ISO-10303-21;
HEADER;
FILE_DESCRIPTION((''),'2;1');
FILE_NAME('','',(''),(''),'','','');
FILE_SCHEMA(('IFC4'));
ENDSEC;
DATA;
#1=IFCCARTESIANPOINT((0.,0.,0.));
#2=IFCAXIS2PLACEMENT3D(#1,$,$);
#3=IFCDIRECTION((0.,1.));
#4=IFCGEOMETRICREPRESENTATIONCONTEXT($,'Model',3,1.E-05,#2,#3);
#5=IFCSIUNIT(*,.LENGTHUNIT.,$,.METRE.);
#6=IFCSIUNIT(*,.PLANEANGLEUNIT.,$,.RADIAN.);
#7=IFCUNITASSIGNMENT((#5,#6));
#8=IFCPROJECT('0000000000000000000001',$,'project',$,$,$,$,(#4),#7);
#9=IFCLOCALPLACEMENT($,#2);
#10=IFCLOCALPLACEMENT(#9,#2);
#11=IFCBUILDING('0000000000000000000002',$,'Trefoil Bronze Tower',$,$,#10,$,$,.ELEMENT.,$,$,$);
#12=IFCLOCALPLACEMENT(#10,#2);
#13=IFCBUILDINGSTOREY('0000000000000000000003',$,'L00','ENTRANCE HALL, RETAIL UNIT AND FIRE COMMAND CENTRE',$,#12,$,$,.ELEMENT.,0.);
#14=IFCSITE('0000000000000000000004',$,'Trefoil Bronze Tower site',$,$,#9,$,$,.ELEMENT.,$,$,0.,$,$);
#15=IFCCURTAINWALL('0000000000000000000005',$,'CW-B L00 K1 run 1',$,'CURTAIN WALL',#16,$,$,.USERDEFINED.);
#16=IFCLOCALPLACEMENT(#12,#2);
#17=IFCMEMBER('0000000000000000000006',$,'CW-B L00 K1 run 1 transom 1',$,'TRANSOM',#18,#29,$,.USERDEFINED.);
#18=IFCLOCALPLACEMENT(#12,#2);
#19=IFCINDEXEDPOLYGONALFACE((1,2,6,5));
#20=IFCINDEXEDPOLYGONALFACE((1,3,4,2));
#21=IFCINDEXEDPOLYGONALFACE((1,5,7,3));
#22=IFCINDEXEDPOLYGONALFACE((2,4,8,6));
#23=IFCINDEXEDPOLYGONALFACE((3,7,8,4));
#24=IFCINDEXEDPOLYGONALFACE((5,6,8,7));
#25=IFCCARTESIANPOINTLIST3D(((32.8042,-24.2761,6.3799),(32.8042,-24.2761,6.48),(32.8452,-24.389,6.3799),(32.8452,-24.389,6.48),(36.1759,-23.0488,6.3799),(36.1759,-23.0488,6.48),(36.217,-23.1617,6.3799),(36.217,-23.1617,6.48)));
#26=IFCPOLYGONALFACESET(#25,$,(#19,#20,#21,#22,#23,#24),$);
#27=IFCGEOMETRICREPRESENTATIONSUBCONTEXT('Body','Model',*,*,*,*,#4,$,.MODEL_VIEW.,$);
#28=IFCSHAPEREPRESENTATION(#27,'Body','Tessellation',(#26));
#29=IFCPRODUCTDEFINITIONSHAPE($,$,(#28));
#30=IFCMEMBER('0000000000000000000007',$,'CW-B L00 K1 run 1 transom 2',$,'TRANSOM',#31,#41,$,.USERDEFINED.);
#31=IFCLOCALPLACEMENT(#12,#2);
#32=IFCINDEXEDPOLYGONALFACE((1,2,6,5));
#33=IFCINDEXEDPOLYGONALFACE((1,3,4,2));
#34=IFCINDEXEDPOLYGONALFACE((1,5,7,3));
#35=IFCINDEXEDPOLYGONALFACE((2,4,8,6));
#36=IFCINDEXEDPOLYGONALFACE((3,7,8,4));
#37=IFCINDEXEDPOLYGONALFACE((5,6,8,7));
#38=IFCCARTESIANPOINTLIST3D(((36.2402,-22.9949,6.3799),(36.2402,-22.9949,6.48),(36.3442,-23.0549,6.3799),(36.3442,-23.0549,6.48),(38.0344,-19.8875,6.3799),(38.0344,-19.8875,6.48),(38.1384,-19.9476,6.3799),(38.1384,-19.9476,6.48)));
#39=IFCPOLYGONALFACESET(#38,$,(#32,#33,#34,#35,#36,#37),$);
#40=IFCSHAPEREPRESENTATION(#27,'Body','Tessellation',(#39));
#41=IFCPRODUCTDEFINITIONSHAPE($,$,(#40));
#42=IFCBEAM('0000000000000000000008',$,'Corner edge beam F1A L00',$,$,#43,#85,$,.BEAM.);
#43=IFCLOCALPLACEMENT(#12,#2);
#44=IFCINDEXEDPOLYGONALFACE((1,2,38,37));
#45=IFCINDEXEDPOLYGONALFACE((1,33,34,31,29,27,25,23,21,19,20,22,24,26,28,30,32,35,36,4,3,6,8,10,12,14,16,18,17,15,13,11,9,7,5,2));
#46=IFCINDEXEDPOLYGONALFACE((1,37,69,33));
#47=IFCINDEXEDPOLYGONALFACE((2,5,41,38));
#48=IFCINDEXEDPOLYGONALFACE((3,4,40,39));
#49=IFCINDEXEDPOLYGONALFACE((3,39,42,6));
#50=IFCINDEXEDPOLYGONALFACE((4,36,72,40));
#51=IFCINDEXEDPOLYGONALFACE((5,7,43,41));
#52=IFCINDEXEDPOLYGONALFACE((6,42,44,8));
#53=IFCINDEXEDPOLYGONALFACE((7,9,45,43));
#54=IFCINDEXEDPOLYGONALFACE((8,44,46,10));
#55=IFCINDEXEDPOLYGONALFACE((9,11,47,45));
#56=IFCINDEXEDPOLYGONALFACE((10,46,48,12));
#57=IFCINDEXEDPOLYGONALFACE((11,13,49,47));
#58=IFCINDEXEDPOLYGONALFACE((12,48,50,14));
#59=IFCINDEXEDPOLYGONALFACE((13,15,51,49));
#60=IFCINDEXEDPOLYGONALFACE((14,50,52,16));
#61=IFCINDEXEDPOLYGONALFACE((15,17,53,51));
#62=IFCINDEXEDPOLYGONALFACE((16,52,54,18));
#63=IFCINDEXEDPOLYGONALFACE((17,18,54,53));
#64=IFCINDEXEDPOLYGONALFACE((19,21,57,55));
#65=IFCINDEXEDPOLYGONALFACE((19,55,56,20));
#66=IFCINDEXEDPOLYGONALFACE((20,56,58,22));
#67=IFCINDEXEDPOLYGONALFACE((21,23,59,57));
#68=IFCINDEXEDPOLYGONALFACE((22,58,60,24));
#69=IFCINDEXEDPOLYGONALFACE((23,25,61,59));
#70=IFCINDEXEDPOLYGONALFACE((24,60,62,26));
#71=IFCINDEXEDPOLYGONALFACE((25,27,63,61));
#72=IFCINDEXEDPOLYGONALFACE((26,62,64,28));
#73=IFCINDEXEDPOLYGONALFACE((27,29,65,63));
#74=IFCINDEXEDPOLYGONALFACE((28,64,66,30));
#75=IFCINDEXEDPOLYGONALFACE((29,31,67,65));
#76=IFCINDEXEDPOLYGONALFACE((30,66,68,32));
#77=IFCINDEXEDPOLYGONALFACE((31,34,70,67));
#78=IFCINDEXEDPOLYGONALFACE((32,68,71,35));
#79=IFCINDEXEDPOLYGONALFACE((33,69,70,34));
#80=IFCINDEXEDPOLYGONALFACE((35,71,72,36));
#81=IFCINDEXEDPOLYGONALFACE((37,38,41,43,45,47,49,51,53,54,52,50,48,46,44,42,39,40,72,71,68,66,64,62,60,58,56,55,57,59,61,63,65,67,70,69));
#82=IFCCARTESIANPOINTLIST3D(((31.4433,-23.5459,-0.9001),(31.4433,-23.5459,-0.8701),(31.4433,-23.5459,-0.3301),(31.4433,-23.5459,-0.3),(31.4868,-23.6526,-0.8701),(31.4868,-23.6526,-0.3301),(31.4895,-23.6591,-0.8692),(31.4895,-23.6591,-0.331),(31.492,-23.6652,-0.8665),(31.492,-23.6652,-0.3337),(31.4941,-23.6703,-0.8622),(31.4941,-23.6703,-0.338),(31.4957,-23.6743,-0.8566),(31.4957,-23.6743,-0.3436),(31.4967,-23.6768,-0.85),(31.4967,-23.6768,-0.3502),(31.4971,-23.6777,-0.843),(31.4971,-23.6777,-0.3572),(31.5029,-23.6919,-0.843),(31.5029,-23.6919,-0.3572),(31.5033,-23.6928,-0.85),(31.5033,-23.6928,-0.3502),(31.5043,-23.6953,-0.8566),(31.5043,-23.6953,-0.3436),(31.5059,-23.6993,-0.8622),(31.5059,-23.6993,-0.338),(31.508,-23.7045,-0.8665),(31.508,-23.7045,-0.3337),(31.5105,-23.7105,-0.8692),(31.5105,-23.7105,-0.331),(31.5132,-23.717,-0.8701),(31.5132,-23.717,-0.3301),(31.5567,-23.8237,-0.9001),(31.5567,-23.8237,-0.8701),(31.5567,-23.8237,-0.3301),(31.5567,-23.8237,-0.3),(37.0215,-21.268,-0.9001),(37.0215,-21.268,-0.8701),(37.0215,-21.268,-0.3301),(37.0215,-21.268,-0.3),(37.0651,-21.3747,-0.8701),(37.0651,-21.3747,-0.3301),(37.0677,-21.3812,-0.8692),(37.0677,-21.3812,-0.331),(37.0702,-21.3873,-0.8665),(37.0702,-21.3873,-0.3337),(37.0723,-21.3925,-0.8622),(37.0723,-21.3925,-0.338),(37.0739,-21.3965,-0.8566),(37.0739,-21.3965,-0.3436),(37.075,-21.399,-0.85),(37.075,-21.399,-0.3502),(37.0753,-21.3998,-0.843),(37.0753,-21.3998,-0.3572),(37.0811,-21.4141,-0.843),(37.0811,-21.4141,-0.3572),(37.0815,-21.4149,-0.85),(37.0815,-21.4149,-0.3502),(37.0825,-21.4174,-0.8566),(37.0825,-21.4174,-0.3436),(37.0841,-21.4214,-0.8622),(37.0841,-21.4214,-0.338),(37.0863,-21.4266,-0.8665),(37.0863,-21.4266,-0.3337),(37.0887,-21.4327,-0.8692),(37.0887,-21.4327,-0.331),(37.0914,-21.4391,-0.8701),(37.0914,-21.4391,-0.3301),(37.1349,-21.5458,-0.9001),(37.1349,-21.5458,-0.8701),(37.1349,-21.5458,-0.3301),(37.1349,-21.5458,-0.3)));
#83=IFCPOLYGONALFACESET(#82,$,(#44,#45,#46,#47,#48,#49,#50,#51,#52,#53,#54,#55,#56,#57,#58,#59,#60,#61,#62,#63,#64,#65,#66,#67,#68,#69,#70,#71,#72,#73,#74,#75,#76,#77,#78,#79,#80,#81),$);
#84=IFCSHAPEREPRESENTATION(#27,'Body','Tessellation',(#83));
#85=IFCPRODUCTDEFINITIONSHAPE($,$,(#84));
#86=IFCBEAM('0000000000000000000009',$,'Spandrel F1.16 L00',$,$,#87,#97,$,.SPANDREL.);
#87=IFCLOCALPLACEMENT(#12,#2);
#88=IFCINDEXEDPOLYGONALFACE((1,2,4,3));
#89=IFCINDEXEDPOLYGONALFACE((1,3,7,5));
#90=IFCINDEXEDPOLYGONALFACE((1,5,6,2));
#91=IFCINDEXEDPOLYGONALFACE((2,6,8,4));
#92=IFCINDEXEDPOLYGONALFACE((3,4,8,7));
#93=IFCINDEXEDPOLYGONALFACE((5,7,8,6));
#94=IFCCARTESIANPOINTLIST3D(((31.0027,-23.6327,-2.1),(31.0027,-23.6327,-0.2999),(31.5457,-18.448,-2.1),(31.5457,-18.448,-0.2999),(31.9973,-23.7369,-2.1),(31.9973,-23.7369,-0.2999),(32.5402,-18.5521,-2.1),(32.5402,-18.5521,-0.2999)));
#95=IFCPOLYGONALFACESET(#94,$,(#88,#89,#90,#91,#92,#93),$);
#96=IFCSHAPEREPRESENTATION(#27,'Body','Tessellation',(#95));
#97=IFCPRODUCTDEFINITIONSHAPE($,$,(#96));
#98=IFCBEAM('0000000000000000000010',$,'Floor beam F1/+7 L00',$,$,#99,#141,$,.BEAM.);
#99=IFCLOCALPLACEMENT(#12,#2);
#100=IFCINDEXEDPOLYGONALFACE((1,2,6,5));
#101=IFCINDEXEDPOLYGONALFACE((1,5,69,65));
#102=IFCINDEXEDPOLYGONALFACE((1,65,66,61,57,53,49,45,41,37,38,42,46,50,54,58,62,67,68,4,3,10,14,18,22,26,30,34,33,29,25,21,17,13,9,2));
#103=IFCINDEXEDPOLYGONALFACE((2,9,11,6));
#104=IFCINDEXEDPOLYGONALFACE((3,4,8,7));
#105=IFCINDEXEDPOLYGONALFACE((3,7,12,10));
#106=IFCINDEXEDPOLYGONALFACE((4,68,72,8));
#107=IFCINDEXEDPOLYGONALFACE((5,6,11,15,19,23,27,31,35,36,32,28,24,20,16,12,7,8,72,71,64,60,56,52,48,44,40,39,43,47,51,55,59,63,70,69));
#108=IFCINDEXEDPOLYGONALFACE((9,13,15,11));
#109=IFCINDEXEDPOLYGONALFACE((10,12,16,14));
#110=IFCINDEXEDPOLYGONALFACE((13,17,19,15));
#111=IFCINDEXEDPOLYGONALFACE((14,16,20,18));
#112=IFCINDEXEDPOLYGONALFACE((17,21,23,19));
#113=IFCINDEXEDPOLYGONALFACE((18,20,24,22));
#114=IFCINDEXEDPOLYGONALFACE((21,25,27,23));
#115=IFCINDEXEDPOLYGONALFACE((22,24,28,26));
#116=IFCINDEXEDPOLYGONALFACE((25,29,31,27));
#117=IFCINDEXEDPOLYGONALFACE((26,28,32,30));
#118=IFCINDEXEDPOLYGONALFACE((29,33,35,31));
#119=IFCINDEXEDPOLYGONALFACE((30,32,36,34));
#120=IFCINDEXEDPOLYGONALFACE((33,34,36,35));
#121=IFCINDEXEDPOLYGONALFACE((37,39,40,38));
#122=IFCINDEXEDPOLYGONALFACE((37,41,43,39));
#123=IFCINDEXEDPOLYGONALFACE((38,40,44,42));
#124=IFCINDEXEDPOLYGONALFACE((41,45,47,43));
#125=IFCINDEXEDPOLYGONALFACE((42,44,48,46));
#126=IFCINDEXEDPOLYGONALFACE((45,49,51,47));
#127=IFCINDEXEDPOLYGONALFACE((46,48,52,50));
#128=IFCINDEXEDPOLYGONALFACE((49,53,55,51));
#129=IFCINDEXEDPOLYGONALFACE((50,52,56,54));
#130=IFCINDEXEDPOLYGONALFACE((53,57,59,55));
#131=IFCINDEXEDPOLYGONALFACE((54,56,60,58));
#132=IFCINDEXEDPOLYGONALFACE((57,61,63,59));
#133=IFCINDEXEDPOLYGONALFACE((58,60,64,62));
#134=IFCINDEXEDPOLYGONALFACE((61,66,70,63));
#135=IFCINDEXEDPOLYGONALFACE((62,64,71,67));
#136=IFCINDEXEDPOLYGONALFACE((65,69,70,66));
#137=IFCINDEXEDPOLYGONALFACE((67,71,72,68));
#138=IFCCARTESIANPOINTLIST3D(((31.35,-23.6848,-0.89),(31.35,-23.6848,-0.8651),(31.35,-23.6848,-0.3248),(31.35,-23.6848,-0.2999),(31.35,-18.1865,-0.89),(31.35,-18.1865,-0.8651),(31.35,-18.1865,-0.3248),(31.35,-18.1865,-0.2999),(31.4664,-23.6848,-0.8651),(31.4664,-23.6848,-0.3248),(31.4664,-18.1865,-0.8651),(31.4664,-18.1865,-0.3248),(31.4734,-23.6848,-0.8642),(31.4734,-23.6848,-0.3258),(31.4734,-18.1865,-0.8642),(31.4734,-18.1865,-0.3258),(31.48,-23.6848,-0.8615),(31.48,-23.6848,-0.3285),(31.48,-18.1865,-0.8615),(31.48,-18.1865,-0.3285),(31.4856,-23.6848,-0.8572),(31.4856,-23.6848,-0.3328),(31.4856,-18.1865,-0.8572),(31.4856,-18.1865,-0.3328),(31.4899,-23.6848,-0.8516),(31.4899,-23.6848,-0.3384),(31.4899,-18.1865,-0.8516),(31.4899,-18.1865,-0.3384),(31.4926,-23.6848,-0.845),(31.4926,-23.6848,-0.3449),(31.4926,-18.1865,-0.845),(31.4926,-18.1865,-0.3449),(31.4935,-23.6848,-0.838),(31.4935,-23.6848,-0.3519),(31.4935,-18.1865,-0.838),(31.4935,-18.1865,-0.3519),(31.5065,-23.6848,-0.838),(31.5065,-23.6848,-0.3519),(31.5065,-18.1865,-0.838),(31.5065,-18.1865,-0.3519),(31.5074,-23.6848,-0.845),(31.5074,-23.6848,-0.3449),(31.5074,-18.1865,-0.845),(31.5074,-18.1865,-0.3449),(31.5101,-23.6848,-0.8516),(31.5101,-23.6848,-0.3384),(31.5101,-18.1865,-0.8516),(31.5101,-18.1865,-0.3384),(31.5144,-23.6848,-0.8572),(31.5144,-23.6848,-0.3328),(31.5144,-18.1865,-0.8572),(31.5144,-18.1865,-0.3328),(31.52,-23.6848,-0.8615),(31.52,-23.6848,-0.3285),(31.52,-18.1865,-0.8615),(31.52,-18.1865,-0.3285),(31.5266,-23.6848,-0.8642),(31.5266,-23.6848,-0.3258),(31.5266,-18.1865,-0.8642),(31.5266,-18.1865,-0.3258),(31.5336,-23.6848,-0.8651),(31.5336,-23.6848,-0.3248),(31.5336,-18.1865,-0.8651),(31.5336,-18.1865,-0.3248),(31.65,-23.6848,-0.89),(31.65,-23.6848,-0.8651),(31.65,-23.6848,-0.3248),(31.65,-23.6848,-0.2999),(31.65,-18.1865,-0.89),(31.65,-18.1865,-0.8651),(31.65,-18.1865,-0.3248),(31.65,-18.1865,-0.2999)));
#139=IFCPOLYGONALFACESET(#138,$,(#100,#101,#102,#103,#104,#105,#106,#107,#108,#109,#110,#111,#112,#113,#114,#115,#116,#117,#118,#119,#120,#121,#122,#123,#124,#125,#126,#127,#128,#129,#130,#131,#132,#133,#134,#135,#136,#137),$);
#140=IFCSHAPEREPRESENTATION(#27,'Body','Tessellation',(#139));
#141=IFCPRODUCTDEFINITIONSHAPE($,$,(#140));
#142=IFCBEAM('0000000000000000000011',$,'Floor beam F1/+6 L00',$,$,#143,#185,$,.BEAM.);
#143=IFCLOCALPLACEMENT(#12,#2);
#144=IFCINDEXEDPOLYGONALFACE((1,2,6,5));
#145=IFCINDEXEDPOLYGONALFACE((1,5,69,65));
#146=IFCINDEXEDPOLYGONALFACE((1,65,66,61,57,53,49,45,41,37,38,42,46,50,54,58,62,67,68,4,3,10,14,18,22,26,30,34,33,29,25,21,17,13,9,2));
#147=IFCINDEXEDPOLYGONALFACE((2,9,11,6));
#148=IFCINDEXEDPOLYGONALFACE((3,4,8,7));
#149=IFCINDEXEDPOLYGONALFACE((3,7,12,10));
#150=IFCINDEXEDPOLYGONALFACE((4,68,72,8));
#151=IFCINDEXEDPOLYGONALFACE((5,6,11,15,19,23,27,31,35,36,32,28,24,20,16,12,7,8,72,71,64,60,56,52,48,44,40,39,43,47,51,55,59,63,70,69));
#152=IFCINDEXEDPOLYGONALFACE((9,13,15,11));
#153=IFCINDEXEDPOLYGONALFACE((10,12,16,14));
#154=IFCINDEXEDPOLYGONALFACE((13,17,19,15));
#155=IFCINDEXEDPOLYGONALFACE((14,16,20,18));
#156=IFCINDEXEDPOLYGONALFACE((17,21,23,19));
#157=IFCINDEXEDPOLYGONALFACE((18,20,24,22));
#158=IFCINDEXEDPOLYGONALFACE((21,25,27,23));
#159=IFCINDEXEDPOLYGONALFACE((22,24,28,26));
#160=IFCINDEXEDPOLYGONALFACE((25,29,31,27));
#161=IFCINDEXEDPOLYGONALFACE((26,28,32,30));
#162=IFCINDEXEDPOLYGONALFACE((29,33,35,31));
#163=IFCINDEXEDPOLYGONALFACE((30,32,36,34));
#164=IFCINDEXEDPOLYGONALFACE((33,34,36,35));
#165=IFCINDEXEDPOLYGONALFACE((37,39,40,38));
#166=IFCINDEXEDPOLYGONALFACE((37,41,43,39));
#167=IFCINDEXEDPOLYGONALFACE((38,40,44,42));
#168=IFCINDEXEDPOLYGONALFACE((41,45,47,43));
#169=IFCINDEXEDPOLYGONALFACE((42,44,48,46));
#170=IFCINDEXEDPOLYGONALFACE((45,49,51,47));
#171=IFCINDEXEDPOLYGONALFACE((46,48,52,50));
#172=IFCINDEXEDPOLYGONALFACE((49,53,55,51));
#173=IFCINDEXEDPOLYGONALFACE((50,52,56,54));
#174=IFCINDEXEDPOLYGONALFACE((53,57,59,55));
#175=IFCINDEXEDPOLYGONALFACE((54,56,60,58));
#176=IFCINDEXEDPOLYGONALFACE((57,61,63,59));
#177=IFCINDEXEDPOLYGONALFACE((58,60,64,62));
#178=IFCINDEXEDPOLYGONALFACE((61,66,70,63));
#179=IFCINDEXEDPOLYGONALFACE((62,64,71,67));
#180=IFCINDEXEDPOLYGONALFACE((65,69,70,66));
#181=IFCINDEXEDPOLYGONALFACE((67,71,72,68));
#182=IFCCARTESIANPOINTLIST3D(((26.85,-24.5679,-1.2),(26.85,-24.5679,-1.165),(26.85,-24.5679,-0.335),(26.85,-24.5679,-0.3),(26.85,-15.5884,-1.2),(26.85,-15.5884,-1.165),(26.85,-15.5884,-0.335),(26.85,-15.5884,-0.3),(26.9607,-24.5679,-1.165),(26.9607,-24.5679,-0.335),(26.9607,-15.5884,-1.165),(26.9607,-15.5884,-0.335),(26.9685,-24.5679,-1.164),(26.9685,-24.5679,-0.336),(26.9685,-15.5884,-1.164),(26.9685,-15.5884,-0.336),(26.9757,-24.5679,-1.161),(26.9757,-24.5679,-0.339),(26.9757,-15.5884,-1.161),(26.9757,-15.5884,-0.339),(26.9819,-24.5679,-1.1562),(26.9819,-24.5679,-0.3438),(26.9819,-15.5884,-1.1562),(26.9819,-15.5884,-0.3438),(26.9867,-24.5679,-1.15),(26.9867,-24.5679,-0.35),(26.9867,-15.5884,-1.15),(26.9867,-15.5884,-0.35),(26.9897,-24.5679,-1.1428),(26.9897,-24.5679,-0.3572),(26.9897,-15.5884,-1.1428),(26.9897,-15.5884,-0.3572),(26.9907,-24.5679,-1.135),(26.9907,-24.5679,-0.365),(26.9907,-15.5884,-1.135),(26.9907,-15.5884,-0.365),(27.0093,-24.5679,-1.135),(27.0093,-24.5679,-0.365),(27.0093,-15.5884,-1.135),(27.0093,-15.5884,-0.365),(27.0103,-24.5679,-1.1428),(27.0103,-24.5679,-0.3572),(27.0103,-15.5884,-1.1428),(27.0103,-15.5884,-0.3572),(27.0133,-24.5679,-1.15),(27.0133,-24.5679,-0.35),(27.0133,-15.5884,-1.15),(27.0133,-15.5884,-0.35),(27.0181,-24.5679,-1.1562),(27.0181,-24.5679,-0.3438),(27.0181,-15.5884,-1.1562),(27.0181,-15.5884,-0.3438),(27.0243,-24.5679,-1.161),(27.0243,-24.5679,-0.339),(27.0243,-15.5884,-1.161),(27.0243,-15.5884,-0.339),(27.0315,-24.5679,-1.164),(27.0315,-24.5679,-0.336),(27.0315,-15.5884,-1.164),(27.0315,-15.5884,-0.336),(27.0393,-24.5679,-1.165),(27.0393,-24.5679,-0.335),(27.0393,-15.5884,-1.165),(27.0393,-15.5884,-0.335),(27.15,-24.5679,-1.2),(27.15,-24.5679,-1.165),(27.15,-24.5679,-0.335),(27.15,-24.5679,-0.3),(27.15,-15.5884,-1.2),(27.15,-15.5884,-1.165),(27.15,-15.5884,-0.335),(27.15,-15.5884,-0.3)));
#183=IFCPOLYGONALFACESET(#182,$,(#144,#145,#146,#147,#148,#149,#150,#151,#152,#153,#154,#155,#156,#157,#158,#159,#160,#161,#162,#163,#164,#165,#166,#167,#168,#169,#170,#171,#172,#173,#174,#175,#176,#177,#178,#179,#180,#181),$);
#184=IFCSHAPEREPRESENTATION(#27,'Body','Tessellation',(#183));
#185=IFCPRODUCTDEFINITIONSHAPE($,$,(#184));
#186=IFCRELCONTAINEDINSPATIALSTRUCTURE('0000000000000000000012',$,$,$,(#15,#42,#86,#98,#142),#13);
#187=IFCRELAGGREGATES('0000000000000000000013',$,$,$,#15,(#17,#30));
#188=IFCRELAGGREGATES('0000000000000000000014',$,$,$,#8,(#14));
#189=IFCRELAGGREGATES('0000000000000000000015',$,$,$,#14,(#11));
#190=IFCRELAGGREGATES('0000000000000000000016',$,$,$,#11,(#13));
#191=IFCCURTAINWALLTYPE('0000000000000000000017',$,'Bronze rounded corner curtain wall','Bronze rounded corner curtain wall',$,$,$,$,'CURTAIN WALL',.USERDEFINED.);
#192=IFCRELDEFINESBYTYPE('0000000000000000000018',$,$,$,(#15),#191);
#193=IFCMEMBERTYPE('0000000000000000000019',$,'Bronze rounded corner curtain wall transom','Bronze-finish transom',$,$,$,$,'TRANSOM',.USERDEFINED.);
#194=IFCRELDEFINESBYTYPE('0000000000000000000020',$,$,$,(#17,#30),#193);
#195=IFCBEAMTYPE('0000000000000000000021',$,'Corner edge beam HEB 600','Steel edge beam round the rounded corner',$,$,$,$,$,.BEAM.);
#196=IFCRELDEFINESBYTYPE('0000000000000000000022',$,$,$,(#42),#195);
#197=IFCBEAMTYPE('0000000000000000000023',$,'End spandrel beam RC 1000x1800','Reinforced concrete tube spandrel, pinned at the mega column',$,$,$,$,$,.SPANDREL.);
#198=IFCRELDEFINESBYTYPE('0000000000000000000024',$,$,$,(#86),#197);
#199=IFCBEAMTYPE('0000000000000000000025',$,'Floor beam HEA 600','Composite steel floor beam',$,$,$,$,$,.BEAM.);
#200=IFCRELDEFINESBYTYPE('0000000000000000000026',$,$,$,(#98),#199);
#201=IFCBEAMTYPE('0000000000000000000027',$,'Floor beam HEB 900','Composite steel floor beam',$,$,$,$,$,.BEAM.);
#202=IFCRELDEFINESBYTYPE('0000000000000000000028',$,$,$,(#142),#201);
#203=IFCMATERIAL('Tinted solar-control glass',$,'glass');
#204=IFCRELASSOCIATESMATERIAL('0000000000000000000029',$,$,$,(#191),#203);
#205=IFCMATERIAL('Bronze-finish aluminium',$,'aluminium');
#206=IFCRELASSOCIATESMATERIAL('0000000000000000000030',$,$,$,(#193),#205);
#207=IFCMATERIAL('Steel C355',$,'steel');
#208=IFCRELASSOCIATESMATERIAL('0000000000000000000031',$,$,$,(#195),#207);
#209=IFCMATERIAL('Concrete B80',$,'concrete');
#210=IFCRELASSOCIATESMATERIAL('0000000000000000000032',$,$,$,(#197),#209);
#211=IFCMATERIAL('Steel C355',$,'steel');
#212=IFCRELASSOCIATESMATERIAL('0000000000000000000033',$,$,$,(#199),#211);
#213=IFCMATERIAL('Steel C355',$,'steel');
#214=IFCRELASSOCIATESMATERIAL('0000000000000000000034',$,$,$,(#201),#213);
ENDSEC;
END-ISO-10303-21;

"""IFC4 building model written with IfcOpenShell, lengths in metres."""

from ifc_helpers import new_model, si_unit, direction, frame, origin, origin_2d, place, context, subcontext, project, spatial, rectangle, i_section, extrude, material, material_profile, profile_set, type_object, element, aggregate, save


model = new_model("IFC4")

# Units and contexts
model_context = context("Model", 3, precision=1e-05, world=origin(), true_north=direction((0.0, 1.0)))
body_context = subcontext(model_context, "Body", "Model", "MODEL_VIEW")
ifc_project = project(units=[si_unit("LENGTHUNIT", "METRE"), si_unit("PLANEANGLEUNIT", "RADIAN")], contexts=[model_context])

# Site, building, storey
site_placement = place(None, origin())
site = spatial("IfcSite", under=ifc_project, at=site_placement, Name="Trefoil Bronze Tower site", CompositionType="ELEMENT", RefElevation=0.0)
building_placement = place(site_placement, origin())
building = spatial("IfcBuilding", under=site, at=building_placement, Name="Trefoil Bronze Tower", CompositionType="ELEMENT")
storey_placement = place(building_placement, origin())
storey = spatial("IfcBuildingStorey", under=building, at=storey_placement, Name="L00", Description="ENTRANCE HALL, RETAIL UNIT AND FIRE COMMAND CENTRE", CompositionType="ELEMENT", Elevation=0.0)

# Curtain wall, members
ifc_material_1 = material(Name="Tinted solar-control glass", Category="glass")
curtain_wall_type_1 = type_object("IfcCurtainWallType", Name="Bronze rounded corner curtain wall", Description="Bronze rounded corner curtain wall", ElementType="CURTAIN WALL", PredefinedType="USERDEFINED", material=ifc_material_1)
curtain_wall_1_placement = place(storey_placement, origin())
curtain_wall_1 = element("IfcCurtainWall", 1, at=curtain_wall_1_placement, inside=storey, type_object=curtain_wall_type_1, Name="CW-B L00 K1 run 1", ObjectType="CURTAIN WALL", PredefinedType="USERDEFINED")
ifc_material_2 = material(Name="Bronze-finish aluminium", Category="aluminium")
ifc_material_profile_1 = material_profile(ifc_material_2, rectangle(XDim=0.1201, YDim=0.1001, at=origin_2d()), Name="CW-B transom")
ifc_profile_set_1 = profile_set([ifc_material_profile_1], Name="Bronze-finish aluminium")
member_type_1 = type_object("IfcMemberType", Name="Bronze rounded corner curtain wall transom", Description="Bronze-finish transom", ElementType="TRANSOM", PredefinedType="USERDEFINED", material=ifc_profile_set_1)
member_1_placement = place(storey_placement, frame((32.8247, -24.3325, 6.4299), z_axis=(0.939688, 0.342033, 0.0), x_axis=(-0.342033, 0.939688, 0.0)))
member_1 = element("IfcMember", 2, at=member_1_placement, type_object=member_type_1, Name="CW-B L00 K1 run 1 transom 1", ObjectType="TRANSOM", PredefinedType="USERDEFINED", context=body_context, shape_type="SweptSolid", body=[
    extrude(rectangle(XDim=0.1201, YDim=0.1001, at=origin_2d()), origin(), (0.0, 0.0, 1.0), 3.5881),
])
member_2_placement = place(storey_placement, frame((36.2922, -23.0249, 6.4299), z_axis=(0.500025, 0.866011, 0.0), x_axis=(-0.866011, 0.500025, 0.0)))
member_2 = element("IfcMember", 3, at=member_2_placement, type_object=member_type_1, Name="CW-B L00 K1 run 1 transom 2", ObjectType="TRANSOM", PredefinedType="USERDEFINED", context=body_context, shape_type="SweptSolid", body=[
    extrude(rectangle(XDim=0.1201, YDim=0.1001, at=origin_2d()), origin(), (0.0, 0.0, 1.0), 3.5881),
])

# Beams
ifc_material_3 = material(Name="Steel C355", Category="steel")
ifc_material_profile_2 = material_profile(ifc_material_3, i_section(OverallWidth=0.3, OverallDepth=0.6001, WebThickness=0.0154, FlangeThickness=0.03, FilletRadius=0.0271, at=origin_2d()), Name="HEB 600")
ifc_profile_set_2 = profile_set([ifc_material_profile_2], Name="Steel C355")
beam_type_1 = type_object("IfcBeamType", Name="Corner edge beam HEB 600", Description="Steel edge beam round the rounded corner", PredefinedType="BEAM", material=ifc_profile_set_2)
beam_1_placement = place(storey_placement, frame((31.5, -23.6848, -0.6001), z_axis=(0.925787, 0.378046, 0.0), x_axis=(-0.378046, 0.925787, 0.0)))
element("IfcBeam", 4, at=beam_1_placement, inside=storey, type_object=beam_type_1, Name="Corner edge beam F1A L00", PredefinedType="BEAM", context=body_context, shape_type="SweptSolid", body=[
    extrude(i_section(OverallWidth=0.3, OverallDepth=0.6001, WebThickness=0.0154, FlangeThickness=0.03, FilletRadius=0.0271, at=origin_2d()), origin(), (0.0, 0.0, 1.0), 6.0254),
])
ifc_material_4 = material(Name="Concrete B80", Category="concrete")
ifc_material_profile_3 = material_profile(ifc_material_4, rectangle(XDim=1.0, YDim=1.8, at=origin_2d()), Name="RC 1000x1800")
ifc_profile_set_3 = profile_set([ifc_material_profile_3], Name="Concrete B80")
beam_type_2 = type_object("IfcBeamType", Name="End spandrel beam RC 1000x1800", Description="Reinforced concrete tube spandrel, pinned at the mega column", PredefinedType="SPANDREL", material=ifc_profile_set_3)
beam_2_placement = place(storey_placement, frame((31.5, -23.6848, -1.2), z_axis=(0.104153, 0.994561, 0.0), x_axis=(-0.994561, 0.104153, 0.0)))
element("IfcBeam", 5, at=beam_2_placement, inside=storey, type_object=beam_type_2, Name="Spandrel F1.16 L00", PredefinedType="SPANDREL", context=body_context, shape_type="SweptSolid", body=[
    extrude(rectangle(XDim=1.0, YDim=1.8, at=origin_2d()), origin(), (0.0, 0.0, 1.0), 5.2131),
])
ifc_material_5 = material(Name="Steel C355", Category="steel")
ifc_material_profile_4 = material_profile(ifc_material_5, i_section(OverallWidth=0.3, OverallDepth=0.5901, WebThickness=0.0129, FlangeThickness=0.0249, FilletRadius=0.0271, at=origin_2d()), Name="HEA 600")
ifc_profile_set_4 = profile_set([ifc_material_profile_4], Name="Steel C355")
beam_type_3 = type_object("IfcBeamType", Name="Floor beam HEA 600", Description="Composite steel floor beam", PredefinedType="BEAM", material=ifc_profile_set_4)
beam_3_placement = place(storey_placement, frame((31.5, -23.6848, -0.595), z_axis=(0.0, 1.0, 0.0), x_axis=(-1.0, 0.0, 0.0)))
element("IfcBeam", 6, at=beam_3_placement, inside=storey, type_object=beam_type_3, Name="Floor beam F1/+7 L00", PredefinedType="BEAM", context=body_context, shape_type="SweptSolid", body=[
    extrude(i_section(OverallWidth=0.3, OverallDepth=0.5901, WebThickness=0.0129, FlangeThickness=0.0249, FilletRadius=0.0271, at=origin_2d()), origin(), (0.0, 0.0, 1.0), 5.4983),
])
ifc_material_6 = material(Name="Steel C355", Category="steel")
ifc_material_profile_5 = material_profile(ifc_material_6, i_section(OverallWidth=0.3, OverallDepth=0.8999, WebThickness=0.0186, FlangeThickness=0.0349, FilletRadius=0.03, at=origin_2d()), Name="HEB 900")
ifc_profile_set_5 = profile_set([ifc_material_profile_5], Name="Steel C355")
beam_type_4 = type_object("IfcBeamType", Name="Floor beam HEB 900", Description="Composite steel floor beam", PredefinedType="BEAM", material=ifc_profile_set_5)
beam_4_placement = place(storey_placement, frame((27.0, -24.5679, -0.75), z_axis=(0.0, 1.0, 0.0), x_axis=(-1.0, 0.0, 0.0)))
element("IfcBeam", 7, at=beam_4_placement, inside=storey, type_object=beam_type_4, Name="Floor beam F1/+6 L00", PredefinedType="BEAM", context=body_context, shape_type="SweptSolid", body=[
    extrude(i_section(OverallWidth=0.3, OverallDepth=0.8999, WebThickness=0.0186, FlangeThickness=0.0349, FilletRadius=0.03, at=origin_2d()), origin(), (0.0, 0.0, 1.0), 8.9795),
])

aggregate(curtain_wall_1, [member_1, member_2])

save(model, "model.ifc")
